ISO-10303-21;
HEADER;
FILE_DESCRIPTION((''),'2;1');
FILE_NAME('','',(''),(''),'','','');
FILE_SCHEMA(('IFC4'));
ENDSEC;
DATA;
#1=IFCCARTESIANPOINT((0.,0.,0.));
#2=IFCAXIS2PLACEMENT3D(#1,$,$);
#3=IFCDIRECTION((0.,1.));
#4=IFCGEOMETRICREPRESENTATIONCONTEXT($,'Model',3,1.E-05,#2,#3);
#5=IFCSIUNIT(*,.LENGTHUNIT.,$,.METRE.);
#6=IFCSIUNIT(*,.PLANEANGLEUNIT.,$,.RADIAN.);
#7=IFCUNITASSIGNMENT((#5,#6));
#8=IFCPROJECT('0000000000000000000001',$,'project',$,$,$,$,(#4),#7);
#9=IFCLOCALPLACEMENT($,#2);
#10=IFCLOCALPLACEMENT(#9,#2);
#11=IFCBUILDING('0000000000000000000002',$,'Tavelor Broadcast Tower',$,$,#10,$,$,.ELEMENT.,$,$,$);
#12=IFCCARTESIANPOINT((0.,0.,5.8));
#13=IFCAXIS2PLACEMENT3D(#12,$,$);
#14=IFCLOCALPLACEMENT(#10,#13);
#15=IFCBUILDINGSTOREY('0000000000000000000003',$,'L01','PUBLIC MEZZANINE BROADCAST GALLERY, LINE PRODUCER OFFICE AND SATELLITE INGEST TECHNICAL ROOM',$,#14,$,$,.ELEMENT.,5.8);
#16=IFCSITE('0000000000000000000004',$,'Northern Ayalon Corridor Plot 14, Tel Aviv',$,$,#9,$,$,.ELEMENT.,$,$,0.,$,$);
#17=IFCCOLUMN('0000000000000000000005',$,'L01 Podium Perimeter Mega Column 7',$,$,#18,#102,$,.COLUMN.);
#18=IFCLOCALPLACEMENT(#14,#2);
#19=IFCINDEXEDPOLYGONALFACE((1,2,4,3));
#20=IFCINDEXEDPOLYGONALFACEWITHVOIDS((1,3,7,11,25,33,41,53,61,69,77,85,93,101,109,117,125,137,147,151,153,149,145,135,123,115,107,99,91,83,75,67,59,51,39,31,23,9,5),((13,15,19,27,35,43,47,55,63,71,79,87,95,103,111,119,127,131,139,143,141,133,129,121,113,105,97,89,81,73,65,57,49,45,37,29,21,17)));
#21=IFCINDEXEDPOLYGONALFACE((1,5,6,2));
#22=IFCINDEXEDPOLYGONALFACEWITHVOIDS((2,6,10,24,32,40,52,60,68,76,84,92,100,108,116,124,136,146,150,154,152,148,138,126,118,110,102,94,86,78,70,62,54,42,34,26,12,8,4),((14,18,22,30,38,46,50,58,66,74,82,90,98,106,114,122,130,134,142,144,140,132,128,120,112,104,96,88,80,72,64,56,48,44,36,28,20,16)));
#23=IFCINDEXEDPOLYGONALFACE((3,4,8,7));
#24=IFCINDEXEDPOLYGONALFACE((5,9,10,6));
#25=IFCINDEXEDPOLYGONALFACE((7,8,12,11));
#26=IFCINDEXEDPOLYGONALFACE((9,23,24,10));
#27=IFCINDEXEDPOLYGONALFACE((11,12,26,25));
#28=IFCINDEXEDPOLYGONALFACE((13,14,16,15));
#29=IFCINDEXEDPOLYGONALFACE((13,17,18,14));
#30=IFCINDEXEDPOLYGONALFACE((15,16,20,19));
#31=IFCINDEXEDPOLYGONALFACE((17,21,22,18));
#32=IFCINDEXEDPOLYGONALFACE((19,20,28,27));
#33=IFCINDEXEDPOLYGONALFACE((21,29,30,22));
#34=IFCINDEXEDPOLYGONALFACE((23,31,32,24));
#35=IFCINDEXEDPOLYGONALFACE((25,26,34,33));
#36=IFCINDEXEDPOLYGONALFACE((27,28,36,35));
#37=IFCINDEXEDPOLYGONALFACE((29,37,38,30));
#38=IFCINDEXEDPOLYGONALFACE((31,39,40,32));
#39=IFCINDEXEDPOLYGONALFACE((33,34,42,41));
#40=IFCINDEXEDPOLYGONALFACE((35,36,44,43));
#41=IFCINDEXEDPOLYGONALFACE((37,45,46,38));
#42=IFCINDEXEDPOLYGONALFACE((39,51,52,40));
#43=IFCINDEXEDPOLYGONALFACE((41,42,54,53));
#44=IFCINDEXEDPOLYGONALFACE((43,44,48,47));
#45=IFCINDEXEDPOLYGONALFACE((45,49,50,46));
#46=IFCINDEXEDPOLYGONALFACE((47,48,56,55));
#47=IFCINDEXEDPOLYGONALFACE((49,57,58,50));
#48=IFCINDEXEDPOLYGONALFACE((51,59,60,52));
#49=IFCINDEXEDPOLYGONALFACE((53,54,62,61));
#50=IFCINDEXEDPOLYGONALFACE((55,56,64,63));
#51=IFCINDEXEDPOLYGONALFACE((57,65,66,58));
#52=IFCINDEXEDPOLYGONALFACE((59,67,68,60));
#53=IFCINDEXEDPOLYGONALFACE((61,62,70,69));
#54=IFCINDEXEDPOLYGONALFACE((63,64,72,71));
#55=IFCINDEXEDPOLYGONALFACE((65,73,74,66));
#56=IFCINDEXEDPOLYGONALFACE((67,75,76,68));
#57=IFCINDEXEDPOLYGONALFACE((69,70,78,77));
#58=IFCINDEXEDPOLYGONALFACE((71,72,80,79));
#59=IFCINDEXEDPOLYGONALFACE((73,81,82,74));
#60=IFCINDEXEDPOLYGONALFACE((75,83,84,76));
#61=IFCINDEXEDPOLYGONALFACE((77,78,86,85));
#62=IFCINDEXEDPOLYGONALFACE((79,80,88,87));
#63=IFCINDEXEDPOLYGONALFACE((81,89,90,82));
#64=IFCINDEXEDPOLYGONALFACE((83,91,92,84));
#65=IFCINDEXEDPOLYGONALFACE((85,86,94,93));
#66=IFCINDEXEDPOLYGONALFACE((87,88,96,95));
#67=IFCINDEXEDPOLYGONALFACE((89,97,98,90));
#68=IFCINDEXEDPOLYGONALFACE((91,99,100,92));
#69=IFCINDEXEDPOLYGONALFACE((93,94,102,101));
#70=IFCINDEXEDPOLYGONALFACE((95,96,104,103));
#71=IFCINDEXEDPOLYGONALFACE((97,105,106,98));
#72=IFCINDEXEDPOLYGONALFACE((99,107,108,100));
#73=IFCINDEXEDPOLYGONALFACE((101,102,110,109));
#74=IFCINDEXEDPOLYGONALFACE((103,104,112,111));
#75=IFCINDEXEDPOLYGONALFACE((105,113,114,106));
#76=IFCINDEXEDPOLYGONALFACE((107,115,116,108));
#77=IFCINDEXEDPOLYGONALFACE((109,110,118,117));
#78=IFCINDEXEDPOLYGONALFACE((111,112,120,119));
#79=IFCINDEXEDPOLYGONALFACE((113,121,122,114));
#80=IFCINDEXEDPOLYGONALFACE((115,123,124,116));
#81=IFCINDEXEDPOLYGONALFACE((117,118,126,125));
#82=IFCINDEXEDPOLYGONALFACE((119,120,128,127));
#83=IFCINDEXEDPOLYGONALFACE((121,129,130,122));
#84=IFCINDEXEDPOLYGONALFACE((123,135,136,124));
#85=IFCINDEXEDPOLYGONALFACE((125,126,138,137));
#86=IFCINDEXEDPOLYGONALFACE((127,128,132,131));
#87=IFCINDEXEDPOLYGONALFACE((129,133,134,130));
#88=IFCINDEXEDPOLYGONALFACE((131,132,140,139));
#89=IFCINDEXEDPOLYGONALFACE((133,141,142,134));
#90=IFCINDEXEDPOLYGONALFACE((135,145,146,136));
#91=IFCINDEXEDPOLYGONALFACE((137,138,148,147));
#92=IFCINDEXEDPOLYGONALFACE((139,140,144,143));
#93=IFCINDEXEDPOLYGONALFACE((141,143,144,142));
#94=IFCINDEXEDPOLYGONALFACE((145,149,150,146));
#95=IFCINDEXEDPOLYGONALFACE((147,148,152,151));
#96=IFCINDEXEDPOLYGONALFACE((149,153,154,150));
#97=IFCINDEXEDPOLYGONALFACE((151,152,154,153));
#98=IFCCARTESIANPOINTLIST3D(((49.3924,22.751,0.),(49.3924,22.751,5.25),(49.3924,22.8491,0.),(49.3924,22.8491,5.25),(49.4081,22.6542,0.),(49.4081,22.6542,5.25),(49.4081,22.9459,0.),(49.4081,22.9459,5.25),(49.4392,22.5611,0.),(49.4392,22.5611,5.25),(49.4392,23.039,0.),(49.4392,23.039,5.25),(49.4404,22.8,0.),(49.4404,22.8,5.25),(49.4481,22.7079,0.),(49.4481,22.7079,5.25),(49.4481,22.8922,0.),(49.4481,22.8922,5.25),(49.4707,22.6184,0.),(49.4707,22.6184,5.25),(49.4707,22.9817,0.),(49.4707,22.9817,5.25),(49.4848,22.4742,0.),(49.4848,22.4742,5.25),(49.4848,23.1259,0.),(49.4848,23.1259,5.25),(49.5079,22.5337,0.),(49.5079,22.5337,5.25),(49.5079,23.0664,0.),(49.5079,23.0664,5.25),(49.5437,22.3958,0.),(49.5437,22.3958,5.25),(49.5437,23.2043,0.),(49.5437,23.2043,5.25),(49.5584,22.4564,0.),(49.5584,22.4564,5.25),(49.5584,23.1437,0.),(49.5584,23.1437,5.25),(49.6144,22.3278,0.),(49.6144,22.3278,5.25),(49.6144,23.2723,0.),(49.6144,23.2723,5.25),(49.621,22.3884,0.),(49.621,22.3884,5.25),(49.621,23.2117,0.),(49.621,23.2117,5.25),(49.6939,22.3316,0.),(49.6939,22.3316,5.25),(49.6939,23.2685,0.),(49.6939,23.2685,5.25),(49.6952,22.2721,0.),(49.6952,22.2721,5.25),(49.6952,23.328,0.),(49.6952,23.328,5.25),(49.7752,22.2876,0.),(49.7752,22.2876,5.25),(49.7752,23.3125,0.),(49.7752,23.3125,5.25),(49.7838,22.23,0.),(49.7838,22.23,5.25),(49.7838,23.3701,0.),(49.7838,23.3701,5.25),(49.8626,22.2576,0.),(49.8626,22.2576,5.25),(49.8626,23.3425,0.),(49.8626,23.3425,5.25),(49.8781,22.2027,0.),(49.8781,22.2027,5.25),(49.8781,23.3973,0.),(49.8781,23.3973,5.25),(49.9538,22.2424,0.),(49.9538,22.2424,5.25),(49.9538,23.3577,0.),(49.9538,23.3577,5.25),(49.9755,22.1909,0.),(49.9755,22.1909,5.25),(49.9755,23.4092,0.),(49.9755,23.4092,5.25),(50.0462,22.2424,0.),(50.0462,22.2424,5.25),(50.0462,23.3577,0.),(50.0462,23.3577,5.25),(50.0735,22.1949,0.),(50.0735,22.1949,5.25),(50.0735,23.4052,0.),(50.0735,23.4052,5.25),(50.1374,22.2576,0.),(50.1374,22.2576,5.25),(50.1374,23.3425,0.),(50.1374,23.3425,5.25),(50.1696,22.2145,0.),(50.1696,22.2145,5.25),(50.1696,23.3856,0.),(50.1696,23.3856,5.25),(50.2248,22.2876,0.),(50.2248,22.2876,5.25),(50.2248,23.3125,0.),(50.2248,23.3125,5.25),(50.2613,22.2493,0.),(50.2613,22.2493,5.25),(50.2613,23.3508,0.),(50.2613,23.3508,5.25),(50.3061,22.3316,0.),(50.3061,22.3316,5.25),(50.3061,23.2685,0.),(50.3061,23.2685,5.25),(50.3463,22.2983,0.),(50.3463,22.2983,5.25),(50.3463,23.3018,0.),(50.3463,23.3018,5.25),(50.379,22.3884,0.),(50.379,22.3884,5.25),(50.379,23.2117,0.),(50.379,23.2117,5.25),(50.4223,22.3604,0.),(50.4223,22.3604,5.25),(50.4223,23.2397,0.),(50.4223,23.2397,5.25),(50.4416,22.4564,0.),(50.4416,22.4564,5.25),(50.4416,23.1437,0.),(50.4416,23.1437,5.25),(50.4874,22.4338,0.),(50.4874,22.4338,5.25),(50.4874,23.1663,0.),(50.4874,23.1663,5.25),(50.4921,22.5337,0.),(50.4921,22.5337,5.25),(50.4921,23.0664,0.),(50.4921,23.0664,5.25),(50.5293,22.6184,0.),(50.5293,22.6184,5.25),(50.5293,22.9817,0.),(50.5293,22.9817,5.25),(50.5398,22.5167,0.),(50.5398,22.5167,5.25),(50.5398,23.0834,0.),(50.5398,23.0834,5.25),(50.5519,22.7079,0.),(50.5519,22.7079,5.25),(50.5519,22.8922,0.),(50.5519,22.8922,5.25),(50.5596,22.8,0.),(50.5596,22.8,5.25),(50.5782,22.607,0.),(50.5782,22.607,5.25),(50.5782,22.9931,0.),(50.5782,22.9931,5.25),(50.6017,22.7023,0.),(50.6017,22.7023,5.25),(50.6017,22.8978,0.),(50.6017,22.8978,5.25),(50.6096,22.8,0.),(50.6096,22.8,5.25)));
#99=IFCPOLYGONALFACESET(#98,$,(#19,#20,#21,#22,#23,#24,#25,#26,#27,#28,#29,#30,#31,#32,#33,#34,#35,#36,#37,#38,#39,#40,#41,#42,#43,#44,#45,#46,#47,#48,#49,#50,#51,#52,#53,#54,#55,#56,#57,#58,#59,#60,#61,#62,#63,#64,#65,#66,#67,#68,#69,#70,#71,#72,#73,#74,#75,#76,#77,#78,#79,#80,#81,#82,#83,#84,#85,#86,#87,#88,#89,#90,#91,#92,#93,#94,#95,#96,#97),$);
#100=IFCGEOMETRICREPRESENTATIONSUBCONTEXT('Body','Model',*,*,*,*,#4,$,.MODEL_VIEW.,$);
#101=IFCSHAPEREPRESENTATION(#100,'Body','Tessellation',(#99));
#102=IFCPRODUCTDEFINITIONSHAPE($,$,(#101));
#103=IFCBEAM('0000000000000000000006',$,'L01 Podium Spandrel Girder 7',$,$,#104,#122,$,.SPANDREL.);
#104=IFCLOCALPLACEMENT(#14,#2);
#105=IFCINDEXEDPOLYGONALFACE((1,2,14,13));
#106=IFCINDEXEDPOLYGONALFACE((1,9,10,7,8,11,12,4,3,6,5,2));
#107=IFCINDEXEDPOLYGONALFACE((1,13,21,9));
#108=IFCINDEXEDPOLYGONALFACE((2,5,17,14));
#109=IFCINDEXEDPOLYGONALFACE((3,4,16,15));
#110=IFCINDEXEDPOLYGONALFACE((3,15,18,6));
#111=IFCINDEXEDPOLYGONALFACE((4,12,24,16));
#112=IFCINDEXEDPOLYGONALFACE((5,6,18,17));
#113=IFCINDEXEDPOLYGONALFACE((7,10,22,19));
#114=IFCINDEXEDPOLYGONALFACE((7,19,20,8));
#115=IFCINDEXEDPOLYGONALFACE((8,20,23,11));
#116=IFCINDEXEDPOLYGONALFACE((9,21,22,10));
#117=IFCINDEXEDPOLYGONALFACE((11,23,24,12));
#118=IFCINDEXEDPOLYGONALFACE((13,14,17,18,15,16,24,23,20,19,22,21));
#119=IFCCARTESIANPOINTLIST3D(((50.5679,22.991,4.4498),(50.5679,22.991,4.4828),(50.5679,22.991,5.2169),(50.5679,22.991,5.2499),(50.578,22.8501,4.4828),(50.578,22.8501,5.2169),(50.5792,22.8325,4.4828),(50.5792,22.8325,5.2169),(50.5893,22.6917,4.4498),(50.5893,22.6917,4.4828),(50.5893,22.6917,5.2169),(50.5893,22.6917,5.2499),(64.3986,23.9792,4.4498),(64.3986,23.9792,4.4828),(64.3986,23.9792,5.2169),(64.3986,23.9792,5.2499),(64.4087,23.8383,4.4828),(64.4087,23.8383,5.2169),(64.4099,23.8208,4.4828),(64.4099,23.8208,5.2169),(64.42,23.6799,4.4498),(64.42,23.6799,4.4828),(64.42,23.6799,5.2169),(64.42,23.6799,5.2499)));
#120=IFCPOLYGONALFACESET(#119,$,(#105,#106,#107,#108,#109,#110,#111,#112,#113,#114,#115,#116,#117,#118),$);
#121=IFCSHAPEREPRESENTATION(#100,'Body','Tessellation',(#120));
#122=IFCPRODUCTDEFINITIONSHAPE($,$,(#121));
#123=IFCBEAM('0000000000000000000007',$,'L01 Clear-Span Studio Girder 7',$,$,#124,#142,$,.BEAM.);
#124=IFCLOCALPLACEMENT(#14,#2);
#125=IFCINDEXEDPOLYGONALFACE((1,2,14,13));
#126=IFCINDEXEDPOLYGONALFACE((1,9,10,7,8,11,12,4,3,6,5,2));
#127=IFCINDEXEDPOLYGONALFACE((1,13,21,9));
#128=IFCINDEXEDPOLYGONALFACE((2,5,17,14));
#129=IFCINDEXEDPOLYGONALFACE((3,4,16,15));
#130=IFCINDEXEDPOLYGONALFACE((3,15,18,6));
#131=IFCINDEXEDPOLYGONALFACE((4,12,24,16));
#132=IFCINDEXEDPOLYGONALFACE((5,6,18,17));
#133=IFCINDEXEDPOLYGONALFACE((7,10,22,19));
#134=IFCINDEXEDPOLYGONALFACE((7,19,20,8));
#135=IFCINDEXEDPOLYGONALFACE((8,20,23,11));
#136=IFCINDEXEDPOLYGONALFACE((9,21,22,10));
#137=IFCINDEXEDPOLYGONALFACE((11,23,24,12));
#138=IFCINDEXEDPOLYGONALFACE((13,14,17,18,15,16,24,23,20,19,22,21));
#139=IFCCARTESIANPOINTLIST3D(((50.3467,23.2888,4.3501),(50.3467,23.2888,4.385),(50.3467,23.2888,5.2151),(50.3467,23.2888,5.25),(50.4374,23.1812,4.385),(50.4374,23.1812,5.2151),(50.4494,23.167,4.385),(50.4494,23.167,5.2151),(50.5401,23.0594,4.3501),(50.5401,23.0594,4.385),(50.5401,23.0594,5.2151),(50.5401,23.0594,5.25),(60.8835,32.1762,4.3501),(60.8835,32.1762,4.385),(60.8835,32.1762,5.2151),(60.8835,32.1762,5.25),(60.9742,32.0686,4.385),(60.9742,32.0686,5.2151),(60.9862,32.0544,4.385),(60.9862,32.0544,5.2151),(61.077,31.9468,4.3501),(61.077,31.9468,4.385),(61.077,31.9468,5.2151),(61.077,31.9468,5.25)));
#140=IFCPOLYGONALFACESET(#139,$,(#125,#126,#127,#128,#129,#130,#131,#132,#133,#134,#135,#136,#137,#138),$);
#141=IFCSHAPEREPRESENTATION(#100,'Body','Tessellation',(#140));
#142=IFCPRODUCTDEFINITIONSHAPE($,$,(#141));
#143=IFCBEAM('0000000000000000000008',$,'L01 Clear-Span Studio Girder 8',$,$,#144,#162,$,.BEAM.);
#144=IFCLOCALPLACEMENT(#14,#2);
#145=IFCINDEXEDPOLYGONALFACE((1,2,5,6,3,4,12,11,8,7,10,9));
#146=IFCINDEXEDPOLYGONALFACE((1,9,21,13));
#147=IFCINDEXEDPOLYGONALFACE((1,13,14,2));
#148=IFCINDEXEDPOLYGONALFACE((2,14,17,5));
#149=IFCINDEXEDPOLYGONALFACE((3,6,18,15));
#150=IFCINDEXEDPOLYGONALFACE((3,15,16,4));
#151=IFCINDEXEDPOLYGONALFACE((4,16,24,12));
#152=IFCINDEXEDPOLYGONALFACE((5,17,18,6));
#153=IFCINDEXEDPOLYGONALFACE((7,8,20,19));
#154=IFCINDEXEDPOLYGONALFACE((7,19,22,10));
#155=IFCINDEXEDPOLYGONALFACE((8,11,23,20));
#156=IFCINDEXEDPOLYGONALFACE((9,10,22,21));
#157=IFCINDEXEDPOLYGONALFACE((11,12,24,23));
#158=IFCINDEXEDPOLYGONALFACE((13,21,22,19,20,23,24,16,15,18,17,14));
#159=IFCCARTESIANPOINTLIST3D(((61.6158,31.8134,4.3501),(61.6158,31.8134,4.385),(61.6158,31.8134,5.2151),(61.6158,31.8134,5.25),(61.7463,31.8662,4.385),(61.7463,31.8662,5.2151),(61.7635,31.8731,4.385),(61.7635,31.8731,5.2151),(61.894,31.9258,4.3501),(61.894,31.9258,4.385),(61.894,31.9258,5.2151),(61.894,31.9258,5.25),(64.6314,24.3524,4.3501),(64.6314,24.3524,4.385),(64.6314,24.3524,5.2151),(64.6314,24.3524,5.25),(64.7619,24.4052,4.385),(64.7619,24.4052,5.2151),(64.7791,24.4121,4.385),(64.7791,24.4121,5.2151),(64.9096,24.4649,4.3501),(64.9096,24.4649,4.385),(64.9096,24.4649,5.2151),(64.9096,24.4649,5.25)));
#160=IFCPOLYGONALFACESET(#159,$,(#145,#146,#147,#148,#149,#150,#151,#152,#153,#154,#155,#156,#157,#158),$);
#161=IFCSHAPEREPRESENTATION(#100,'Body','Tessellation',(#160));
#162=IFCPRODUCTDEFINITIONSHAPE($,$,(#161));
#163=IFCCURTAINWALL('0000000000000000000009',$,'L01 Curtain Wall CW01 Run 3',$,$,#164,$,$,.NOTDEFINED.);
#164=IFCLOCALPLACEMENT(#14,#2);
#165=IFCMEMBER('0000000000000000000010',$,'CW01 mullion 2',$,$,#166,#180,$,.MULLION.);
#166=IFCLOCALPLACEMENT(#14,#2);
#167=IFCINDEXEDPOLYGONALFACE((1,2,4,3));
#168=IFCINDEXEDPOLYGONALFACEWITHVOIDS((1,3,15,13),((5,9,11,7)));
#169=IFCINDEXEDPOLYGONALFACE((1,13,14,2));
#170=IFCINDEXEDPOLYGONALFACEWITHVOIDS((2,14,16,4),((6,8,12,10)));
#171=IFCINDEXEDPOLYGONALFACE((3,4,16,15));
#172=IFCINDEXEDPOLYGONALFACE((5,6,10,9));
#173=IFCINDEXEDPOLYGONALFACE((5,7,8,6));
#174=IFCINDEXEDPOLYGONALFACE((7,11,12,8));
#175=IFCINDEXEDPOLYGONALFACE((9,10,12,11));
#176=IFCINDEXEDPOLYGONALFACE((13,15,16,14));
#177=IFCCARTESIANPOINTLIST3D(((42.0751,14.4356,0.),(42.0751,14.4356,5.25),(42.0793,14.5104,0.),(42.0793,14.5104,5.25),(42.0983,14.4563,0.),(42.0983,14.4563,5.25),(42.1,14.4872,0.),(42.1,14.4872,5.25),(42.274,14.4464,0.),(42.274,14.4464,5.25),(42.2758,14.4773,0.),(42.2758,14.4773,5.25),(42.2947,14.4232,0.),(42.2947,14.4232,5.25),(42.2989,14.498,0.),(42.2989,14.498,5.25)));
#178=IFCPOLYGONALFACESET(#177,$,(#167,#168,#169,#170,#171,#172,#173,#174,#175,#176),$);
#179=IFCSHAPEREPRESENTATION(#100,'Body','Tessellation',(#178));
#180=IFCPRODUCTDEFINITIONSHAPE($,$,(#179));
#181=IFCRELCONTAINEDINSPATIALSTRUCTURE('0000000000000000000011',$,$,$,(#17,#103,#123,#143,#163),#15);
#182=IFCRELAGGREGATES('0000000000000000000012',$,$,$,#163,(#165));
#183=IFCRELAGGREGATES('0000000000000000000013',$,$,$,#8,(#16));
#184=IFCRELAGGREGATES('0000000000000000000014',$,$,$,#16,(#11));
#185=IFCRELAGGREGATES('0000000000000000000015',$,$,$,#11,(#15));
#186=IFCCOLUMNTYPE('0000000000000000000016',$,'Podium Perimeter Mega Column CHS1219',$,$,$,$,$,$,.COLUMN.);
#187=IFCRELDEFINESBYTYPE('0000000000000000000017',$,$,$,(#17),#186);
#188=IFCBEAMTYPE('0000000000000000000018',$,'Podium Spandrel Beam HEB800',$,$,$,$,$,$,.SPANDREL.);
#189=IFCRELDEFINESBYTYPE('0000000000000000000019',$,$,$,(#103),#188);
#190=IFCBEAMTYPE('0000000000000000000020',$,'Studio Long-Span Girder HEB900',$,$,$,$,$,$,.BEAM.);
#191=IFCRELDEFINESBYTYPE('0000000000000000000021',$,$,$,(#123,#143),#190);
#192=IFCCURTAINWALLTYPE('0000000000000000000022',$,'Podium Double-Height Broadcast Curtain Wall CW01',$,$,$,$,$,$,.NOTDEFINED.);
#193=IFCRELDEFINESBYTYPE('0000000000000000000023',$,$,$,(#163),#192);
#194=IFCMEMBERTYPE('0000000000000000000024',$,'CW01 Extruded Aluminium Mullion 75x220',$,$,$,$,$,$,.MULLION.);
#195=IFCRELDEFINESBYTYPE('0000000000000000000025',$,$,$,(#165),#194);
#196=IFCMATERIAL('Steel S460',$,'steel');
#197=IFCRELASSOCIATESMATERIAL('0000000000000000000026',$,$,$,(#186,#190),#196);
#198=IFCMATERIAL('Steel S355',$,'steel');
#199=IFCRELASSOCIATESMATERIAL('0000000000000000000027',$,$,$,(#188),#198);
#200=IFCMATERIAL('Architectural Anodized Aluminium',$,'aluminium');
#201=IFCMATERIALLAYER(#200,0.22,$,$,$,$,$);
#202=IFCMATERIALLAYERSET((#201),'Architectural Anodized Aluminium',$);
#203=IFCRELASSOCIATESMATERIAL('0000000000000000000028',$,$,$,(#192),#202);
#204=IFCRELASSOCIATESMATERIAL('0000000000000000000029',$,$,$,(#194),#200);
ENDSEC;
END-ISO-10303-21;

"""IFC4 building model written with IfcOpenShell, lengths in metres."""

from ifc_helpers import new_model, si_unit, direction, frame, origin, origin_2d, place, context, subcontext, project, spatial, hollow_rectangle, hollow_circle, i_section, extrude, source, transform, mapped, material, layer, layer_set, material_profile, profile_set, type_object, type_shapes, element, aggregate, save


model = new_model("IFC4")

# Units and contexts
model_context = context("Model", 3, precision=1e-05, world=origin(), true_north=direction((0.0, 1.0)))
body_context = subcontext(model_context, "Body", "Model", "MODEL_VIEW")
ifc_project = project(units=[si_unit("LENGTHUNIT", "METRE"), si_unit("PLANEANGLEUNIT", "RADIAN")], contexts=[model_context])

# Site, building, storey
site_placement = place(None, origin())
site = spatial("IfcSite", under=ifc_project, at=site_placement, Name="Northern Ayalon Corridor Plot 14, Tel Aviv", CompositionType="ELEMENT", RefElevation=0.0)
building_placement = place(site_placement, origin())
building = spatial("IfcBuilding", under=site, at=building_placement, Name="Tavelor Broadcast Tower", CompositionType="ELEMENT")
storey_placement = place(building_placement, frame((0.0, 0.0, 5.8)))
storey = spatial("IfcBuildingStorey", under=building, at=storey_placement, Name="L01", Description="PUBLIC MEZZANINE BROADCAST GALLERY, LINE PRODUCER OFFICE AND SATELLITE INGEST TECHNICAL ROOM", CompositionType="ELEMENT", Elevation=5.8)

# Column
ifc_material_1 = material(Name="Steel S460", Category="steel")
ifc_material_profile_1 = material_profile(ifc_material_1, hollow_circle(Radius=0.6096, WallThickness=0.05, at=origin_2d()), Name="CHS 1219x50")
ifc_profile_set_1 = profile_set([ifc_material_profile_1], Name="Steel S460")
column_type = type_object("IfcColumnType", Name="Podium Perimeter Mega Column CHS1219", PredefinedType="COLUMN", material=ifc_profile_set_1)
column_placement = place(storey_placement, frame((50.0, 22.8, 0.0), z_axis=(0.0, 0.0, 1.0), x_axis=(1.0, 0.0, 0.0)))
element("IfcColumn", 1, at=column_placement, inside=storey, type_object=column_type, Name="L01 Podium Perimeter Mega Column 7", PredefinedType="COLUMN", context=body_context, shape_type="SweptSolid", body=[
    extrude(hollow_circle(Radius=0.6096, WallThickness=0.05, at=origin_2d()), origin(), (0.0, 0.0, 1.0), 5.25),
])

# Beams
ifc_material_2 = material(Name="Steel S355", Category="steel")
ifc_material_profile_2 = material_profile(ifc_material_2, i_section(OverallWidth=0.3, OverallDepth=0.8, WebThickness=0.0176, FlangeThickness=0.033, at=origin_2d()), Name="HEB 800")
ifc_profile_set_2 = profile_set([ifc_material_profile_2], Name="Steel S355")
beam_type_1 = type_object("IfcBeamType", Name="Podium Spandrel Beam HEB800", PredefinedType="SPANDREL", material=ifc_profile_set_2)
beam_1_placement = place(storey_placement, frame((50.5786, 22.8413, 4.8499), z_axis=(0.997457, 0.071273, 0.0), x_axis=(-0.071273, 0.997457, 0.0)))
element("IfcBeam", 2, at=beam_1_placement, inside=storey, type_object=beam_type_1, Name="L01 Podium Spandrel Girder 7", PredefinedType="SPANDREL", context=body_context, shape_type="SweptSolid", body=[
    extrude(i_section(OverallWidth=0.3, OverallDepth=0.8, WebThickness=0.0176, FlangeThickness=0.033, at=origin_2d()), origin(), (0.0, 0.0, 1.0), 13.866),
])
ifc_material_profile_3 = material_profile(ifc_material_1, i_section(OverallWidth=0.3, OverallDepth=0.8999, WebThickness=0.0186, FlangeThickness=0.0349, at=origin_2d()), Name="HEB 900")
ifc_profile_set_3 = profile_set([ifc_material_profile_3], Name="Steel S460")
beam_type_2 = type_object("IfcBeamType", Name="Studio Long-Span Girder HEB900", PredefinedType="BEAM", material=ifc_profile_set_3)
beam_2_placement = place(storey_placement, frame((60.9802, 32.0615, 4.8), z_axis=(-0.7644, -0.644743, 0.0), x_axis=(0.644743, -0.7644, 0.0)))
element("IfcBeam", 3, at=beam_2_placement, inside=storey, type_object=beam_type_2, Name="L01 Clear-Span Studio Girder 7", PredefinedType="BEAM", context=body_context, shape_type="SweptSolid", body=[
    extrude(i_section(OverallWidth=0.3, OverallDepth=0.8999, WebThickness=0.0186, FlangeThickness=0.0349, at=origin_2d()), origin(), (0.0, 0.0, 1.0), 13.7844),
])
beam_3_placement = place(storey_placement, frame((61.7549, 31.8696, 4.8), z_axis=(0.374736, -0.927132, 0.0), x_axis=(0.927132, 0.374736, 0.0)))
element("IfcBeam", 4, at=beam_3_placement, inside=storey, type_object=beam_type_2, Name="L01 Clear-Span Studio Girder 8", PredefinedType="BEAM", context=body_context, shape_type="SweptSolid", body=[
    extrude(i_section(OverallWidth=0.3, OverallDepth=0.8999, WebThickness=0.0186, FlangeThickness=0.0349, at=origin_2d()), origin(), (0.0, 0.0, 1.0), 8.0474),
])

# Curtain wall, member
ifc_material_3 = material(Name="Architectural Anodized Aluminium", Category="aluminium")
ifc_layer_1 = layer(ifc_material_3, 0.22)
ifc_layer_set_1 = layer_set([ifc_layer_1], Name="Architectural Anodized Aluminium")
curtain_wall_type = type_object("IfcCurtainWallType", Name="Podium Double-Height Broadcast Curtain Wall CW01", PredefinedType="NOTDEFINED", material=ifc_layer_set_1)
curtain_wall_placement = place(storey_placement, origin())
curtain_wall = element("IfcCurtainWall", 5, at=curtain_wall_placement, inside=storey, type_object=curtain_wall_type, Name="L01 Curtain Wall CW01 Run 3", PredefinedType="NOTDEFINED")
ifc_material_profile_4 = material_profile(ifc_material_3, hollow_rectangle(XDim=0.075, YDim=0.22, WallThickness=0.022, at=origin_2d()), Name="RHS 75x220x22")
ifc_profile_set_4 = profile_set([ifc_material_profile_4], Name="Architectural Anodized Aluminium")
member_type_1 = type_object("IfcMemberType", Name="CW01 Extruded Aluminium Mullion 75x220", PredefinedType="MULLION", material=ifc_profile_set_4)
shared_shape_1 = source(origin(), body_context, "Body", "SweptSolid", [
    extrude(hollow_rectangle(XDim=0.075, YDim=0.22, WallThickness=0.022, at=origin_2d()), origin(), (0.0, 0.0, 1.0), 5.25),
])
type_shapes(member_type_1, [shared_shape_1])
member_1_placement = place(storey_placement, frame((42.187, 14.4668, 0.0), z_axis=(0.0, 0.0, 1.0), x_axis=(0.056103, 0.998425, 0.0)))
member_1 = element("IfcMember", 6, at=member_1_placement, type_object=member_type_1, Name="CW01 mullion 2", PredefinedType="MULLION", context=body_context, shape_type="MappedRepresentation", body=[
    mapped(shared_shape_1, transform((0.0, 0.0, 0.0), scale=1.0)),
])

aggregate(curtain_wall, [member_1])

save(model, "model.ifc")
